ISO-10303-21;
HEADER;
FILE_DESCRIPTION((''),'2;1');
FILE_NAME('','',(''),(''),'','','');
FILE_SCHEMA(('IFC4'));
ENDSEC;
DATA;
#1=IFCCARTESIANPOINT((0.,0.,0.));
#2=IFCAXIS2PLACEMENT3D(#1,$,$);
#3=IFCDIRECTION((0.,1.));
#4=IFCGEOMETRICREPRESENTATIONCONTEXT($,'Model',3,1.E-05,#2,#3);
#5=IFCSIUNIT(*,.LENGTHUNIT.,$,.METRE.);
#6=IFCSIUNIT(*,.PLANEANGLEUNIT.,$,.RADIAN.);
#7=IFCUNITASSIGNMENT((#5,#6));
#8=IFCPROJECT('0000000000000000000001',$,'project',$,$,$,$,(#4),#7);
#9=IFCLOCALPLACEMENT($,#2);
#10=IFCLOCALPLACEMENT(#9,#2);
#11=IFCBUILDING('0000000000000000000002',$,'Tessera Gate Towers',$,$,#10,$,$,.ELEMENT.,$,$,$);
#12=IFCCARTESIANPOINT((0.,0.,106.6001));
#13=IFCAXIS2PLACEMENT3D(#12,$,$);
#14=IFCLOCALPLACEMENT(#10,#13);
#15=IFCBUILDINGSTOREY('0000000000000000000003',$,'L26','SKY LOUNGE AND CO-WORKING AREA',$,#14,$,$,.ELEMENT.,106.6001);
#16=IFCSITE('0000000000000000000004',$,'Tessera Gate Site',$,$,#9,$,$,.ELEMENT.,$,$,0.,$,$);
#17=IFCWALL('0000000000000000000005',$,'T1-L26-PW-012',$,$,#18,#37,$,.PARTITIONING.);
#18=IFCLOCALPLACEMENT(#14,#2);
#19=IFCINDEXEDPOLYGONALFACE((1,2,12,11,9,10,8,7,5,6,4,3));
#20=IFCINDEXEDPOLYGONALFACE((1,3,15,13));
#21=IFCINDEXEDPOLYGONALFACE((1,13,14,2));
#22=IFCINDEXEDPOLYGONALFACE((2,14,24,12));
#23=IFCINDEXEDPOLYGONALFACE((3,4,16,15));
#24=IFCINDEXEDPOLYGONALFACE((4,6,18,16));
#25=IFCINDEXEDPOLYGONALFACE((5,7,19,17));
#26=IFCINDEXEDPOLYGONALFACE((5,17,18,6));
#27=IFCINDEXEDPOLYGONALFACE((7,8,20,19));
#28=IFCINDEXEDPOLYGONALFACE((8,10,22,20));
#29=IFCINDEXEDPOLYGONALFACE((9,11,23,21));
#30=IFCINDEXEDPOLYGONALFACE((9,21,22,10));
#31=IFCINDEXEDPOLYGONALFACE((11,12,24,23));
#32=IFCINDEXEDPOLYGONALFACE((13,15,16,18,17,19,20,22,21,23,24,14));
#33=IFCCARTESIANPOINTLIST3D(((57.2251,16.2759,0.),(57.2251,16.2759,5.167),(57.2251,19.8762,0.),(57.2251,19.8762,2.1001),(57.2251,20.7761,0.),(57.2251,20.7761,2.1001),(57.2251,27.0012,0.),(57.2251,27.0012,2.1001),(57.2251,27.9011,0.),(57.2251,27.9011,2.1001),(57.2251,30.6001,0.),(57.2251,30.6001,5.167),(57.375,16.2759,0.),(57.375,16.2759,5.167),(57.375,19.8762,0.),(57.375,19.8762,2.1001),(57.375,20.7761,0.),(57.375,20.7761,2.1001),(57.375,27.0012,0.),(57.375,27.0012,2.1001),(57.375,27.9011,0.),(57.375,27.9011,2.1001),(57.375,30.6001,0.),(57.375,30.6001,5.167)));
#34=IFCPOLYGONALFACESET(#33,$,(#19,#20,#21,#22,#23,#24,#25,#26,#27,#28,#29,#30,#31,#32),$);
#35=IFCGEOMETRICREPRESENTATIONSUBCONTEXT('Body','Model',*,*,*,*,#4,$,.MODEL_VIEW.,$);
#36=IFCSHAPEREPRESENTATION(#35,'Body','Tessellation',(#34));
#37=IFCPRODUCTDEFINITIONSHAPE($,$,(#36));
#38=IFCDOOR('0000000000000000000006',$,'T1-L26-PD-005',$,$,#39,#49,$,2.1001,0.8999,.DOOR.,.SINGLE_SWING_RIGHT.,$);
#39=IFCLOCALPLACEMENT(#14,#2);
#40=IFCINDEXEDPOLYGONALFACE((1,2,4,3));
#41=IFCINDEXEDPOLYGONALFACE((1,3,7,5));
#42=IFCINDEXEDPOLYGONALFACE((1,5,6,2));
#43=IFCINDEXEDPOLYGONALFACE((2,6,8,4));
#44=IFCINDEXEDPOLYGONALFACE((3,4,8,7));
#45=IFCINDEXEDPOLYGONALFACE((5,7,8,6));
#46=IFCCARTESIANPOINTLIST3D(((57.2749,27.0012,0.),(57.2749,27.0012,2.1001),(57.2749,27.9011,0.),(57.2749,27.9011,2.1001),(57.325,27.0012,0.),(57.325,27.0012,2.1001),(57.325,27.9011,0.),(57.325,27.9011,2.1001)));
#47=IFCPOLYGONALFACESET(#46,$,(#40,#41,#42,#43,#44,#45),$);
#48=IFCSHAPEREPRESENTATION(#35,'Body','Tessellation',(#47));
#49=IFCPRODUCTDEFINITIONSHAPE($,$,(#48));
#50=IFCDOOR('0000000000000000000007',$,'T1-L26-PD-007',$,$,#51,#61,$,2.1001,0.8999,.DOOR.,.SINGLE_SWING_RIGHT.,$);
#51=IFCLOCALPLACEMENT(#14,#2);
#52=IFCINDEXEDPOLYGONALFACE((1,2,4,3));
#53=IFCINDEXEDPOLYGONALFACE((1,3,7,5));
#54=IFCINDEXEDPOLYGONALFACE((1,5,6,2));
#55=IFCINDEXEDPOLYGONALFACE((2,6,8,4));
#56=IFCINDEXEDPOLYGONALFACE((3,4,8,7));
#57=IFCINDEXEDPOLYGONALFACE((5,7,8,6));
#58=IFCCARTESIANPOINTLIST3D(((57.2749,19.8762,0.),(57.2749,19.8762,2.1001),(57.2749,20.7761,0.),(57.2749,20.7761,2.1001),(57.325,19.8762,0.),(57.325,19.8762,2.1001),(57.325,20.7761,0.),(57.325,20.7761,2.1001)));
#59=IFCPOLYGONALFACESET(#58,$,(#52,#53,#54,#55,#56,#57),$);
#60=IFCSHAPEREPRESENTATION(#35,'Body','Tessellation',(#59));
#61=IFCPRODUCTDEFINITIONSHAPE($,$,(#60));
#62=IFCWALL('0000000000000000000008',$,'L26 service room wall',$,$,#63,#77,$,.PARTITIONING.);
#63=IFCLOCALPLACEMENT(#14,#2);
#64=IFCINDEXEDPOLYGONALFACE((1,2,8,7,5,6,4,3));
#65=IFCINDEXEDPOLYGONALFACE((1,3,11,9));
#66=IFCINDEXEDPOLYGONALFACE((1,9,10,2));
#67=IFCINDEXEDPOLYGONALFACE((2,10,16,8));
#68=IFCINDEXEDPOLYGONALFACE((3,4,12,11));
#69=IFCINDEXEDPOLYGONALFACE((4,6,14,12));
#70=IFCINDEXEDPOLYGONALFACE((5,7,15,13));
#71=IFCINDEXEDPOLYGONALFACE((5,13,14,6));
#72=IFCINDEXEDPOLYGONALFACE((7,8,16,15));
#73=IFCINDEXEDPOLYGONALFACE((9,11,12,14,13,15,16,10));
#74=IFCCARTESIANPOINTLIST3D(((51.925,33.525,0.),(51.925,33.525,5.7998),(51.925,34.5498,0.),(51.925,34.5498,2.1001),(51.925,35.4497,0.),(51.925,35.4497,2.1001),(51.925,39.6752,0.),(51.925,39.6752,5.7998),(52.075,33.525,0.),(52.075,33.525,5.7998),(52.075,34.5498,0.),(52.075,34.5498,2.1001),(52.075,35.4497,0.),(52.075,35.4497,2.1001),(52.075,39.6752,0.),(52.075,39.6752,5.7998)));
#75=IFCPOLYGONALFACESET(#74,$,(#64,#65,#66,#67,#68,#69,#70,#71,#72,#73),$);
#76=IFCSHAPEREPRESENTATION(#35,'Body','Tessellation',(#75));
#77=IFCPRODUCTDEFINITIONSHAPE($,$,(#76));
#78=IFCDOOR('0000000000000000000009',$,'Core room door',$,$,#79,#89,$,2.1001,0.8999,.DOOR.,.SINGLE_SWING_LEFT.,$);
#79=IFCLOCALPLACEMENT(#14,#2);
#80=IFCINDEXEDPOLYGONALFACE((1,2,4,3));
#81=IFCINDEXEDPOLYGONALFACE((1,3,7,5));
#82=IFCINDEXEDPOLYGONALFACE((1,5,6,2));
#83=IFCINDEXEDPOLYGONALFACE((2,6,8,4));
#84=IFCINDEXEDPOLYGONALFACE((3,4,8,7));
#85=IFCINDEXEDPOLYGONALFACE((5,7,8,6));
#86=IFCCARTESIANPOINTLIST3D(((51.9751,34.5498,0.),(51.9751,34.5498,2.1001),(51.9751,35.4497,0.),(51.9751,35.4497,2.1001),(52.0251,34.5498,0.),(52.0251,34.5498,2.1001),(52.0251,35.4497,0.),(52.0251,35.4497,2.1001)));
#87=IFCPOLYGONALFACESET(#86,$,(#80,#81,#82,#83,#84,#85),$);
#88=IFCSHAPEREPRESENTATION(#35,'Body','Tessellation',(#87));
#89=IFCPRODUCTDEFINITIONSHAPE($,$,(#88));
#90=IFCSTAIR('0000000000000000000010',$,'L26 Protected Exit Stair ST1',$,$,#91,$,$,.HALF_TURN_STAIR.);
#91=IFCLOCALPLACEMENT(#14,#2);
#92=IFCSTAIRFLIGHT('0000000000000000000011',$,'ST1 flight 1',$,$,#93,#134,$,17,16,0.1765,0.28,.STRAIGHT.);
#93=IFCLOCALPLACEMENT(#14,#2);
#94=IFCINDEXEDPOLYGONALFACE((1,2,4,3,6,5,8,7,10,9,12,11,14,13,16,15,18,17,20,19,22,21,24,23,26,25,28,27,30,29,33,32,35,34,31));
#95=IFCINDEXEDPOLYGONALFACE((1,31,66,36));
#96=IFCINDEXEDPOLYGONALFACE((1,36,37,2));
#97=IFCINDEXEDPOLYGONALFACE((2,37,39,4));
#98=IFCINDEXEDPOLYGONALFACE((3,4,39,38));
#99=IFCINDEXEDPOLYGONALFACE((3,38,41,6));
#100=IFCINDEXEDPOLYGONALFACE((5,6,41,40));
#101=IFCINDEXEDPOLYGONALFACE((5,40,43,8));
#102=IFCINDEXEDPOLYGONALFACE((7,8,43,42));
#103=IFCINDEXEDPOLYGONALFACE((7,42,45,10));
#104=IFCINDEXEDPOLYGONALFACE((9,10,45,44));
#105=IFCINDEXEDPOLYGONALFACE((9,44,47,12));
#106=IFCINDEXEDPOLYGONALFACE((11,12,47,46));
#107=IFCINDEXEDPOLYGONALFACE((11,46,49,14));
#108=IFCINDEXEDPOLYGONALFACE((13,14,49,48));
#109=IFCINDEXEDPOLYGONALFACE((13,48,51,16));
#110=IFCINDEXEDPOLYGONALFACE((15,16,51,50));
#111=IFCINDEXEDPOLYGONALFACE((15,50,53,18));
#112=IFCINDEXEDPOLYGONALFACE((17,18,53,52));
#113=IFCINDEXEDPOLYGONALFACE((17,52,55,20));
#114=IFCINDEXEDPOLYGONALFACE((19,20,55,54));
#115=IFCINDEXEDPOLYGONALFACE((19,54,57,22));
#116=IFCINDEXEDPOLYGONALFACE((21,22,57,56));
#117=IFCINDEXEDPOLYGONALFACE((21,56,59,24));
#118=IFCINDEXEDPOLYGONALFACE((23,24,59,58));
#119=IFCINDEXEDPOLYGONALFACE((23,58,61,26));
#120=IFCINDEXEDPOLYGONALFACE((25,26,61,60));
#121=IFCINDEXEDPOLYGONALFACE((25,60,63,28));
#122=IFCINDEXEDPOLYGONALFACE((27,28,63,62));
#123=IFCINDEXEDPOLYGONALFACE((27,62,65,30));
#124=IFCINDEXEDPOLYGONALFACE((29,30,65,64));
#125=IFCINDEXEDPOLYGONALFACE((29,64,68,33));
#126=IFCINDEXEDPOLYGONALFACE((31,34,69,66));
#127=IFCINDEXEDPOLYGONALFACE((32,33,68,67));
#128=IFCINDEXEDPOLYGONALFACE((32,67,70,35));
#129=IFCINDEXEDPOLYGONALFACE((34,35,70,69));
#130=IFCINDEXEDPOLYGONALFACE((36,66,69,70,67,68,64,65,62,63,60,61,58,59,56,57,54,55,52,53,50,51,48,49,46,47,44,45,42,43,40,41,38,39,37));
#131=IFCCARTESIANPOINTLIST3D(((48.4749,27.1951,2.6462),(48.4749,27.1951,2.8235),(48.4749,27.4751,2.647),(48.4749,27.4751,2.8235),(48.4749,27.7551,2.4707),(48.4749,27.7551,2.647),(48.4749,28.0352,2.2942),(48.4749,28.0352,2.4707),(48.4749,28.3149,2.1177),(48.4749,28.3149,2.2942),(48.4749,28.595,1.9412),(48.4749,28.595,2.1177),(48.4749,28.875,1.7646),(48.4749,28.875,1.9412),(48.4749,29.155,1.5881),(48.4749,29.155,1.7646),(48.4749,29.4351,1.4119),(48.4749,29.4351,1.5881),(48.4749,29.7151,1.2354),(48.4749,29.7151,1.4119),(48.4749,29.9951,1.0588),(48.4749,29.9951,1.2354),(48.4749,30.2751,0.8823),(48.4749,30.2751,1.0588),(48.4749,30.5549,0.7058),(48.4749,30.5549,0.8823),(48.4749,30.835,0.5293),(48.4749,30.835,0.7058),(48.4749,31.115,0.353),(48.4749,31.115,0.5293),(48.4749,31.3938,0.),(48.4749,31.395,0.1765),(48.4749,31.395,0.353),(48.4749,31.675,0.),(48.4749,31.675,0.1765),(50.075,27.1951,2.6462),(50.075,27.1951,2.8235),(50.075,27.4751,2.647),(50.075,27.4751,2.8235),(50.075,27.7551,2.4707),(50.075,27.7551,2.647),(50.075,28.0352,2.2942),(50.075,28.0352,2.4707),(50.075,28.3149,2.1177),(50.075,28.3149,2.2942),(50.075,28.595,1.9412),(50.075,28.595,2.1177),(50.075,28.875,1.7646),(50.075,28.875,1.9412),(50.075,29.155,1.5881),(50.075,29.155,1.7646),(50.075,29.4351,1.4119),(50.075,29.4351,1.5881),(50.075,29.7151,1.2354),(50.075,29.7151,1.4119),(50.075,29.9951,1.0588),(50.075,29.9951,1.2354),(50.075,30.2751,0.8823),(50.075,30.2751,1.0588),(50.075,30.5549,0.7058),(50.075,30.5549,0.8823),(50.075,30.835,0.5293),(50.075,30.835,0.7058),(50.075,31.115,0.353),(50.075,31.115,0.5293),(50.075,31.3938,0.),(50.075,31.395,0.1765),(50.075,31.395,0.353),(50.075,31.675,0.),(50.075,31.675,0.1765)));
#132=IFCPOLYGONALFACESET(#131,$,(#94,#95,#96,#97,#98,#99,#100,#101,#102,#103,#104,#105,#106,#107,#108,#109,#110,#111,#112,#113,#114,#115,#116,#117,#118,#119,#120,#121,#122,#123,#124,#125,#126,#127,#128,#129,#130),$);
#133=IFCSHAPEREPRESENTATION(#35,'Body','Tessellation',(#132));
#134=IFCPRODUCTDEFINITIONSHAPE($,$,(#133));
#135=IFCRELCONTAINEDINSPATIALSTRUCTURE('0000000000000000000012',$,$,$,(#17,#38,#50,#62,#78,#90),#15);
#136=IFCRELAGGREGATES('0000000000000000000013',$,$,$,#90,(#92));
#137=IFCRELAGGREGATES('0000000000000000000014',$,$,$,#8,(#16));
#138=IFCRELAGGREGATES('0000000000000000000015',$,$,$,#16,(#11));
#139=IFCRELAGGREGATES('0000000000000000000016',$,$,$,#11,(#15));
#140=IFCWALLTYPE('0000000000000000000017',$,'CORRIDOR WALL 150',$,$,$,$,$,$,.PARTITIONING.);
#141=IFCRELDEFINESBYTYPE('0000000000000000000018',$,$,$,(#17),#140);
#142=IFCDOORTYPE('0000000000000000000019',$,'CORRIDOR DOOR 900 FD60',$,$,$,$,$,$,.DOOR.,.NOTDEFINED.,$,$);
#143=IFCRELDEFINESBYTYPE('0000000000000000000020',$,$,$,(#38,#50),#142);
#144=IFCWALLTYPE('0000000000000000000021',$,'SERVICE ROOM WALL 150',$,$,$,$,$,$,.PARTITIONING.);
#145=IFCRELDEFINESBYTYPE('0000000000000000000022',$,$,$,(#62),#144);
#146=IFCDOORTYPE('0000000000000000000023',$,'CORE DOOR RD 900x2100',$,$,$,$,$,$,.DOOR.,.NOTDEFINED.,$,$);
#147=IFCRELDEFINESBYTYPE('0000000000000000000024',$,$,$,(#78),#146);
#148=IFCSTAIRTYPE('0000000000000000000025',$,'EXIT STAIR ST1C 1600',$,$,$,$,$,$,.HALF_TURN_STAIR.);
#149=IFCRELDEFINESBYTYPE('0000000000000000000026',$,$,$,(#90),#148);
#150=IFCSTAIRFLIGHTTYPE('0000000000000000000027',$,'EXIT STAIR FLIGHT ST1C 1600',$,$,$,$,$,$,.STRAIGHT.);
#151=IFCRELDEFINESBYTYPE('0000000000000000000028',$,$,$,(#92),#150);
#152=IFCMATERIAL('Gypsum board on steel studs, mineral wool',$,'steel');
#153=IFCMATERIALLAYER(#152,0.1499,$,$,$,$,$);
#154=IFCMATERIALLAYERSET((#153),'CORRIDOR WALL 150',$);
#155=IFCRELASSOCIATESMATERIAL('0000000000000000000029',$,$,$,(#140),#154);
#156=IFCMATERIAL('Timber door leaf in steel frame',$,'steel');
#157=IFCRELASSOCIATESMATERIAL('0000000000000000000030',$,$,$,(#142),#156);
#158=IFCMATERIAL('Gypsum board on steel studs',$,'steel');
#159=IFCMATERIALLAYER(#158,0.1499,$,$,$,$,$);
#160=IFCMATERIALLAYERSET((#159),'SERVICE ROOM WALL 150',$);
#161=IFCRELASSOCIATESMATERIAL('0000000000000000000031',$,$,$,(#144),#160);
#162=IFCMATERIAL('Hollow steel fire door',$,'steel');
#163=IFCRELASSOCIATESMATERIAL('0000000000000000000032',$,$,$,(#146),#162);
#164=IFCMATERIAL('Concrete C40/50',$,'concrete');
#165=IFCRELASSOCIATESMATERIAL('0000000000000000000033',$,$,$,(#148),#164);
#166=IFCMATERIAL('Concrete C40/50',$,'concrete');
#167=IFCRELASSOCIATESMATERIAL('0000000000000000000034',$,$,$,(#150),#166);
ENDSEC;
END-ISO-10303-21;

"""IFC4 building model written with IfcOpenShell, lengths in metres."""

from ifc_helpers import new_model, si_unit, direction, frame, frame_2d, origin, place, context, subcontext, project, spatial, polyline, rectangle, outline, extrude, source, transform, mapped, material, layer, layer_set, type_object, element, fill, aggregate, save


model = new_model("IFC4")

# Units and contexts
model_context = context("Model", 3, precision=1e-05, world=origin(), true_north=direction((0.0, 1.0)))
body_context = subcontext(model_context, "Body", "Model", "MODEL_VIEW")
ifc_project = project(units=[si_unit("LENGTHUNIT", "METRE"), si_unit("PLANEANGLEUNIT", "RADIAN")], contexts=[model_context])

# Site, building, storey
site_placement = place(None, origin())
site = spatial("IfcSite", under=ifc_project, at=site_placement, Name="Tessera Gate Site", CompositionType="ELEMENT", RefElevation=0.0)
building_placement = place(site_placement, origin())
building = spatial("IfcBuilding", under=site, at=building_placement, Name="Tessera Gate Towers", CompositionType="ELEMENT")
storey_placement = place(building_placement, frame((0.0, 0.0, 106.6001)))
storey = spatial("IfcBuildingStorey", under=building, at=storey_placement, Name="L26", Description="SKY LOUNGE AND CO-WORKING AREA", CompositionType="ELEMENT", Elevation=106.6001)

# Wall, openings, doors
ifc_material_1 = material(Name="Gypsum board on steel studs, mineral wool", Category="steel")
ifc_layer_1 = layer(ifc_material_1, 0.1499)
ifc_layer_set_1 = layer_set([ifc_layer_1], Name="CORRIDOR WALL 150")
wall_type_1 = type_object("IfcWallType", Name="CORRIDOR WALL 150", PredefinedType="PARTITIONING", material=ifc_layer_set_1)
wall_1_placement = place(storey_placement, frame((57.3, 30.6001, 0.0), z_axis=(0.0, 0.0, 1.0), x_axis=(0.0, -1.0, 0.0)))
wall_1 = element("IfcWall", 1, at=wall_1_placement, inside=storey, type_object=wall_type_1, Name="T1-L26-PW-012", PredefinedType="PARTITIONING", context=body_context, shape_type="SweptSolid", body=[
    extrude(rectangle(XDim=14.3242, YDim=0.1499, at=frame_2d((7.1621, 0.0))), origin(), (0.0, 0.0, 1.0), 5.167),
])
shared_shape_1 = source(origin(), body_context, "Body", "SweptSolid", [
    extrude(rectangle(XDim=0.8999, YDim=2.1001, at=frame_2d((0.45, 1.05))), frame((0.0, 0.085, 0.0), z_axis=(0.0, -1.0, 0.0), x_axis=(1.0, 0.0, 0.0)), (0.0, 0.0, 1.0), 0.1699),
])
opening_1_placement = place(wall_1_placement, frame((2.699, 0.0, 0.0)))
opening_1 = element("IfcOpeningElement", 2, at=opening_1_placement, cuts=wall_1, PredefinedType="OPENING", context=body_context, shape_type="MappedRepresentation", body=[
    mapped(shared_shape_1, transform((0.0, 0.0, 0.0), scale=1.0)),
])
opening_2_placement = place(wall_1_placement, frame((9.824, 0.0, 0.0)))
opening_2 = element("IfcOpeningElement", 3, at=opening_2_placement, cuts=wall_1, PredefinedType="OPENING", context=body_context, shape_type="MappedRepresentation", body=[
    mapped(shared_shape_1, transform((0.0, 0.0, 0.0), scale=1.0)),
])
ifc_material_2 = material(Name="Timber door leaf in steel frame", Category="steel")
door_type_1 = type_object("IfcDoorType", Name="CORRIDOR DOOR 900 FD60", OperationType="NOTDEFINED", PredefinedType="DOOR", material=ifc_material_2)
shared_shape_2 = source(origin(), body_context, "Body", "SweptSolid", [
    extrude(rectangle(XDim=0.8999, YDim=2.1001, at=frame_2d((0.45, 1.05))), frame((0.0, 0.0249, 0.0), z_axis=(0.0, -1.0, 0.0), x_axis=(1.0, 0.0, 0.0)), (0.0, 0.0, 1.0), 0.05),
])
door_1_placement = place(opening_1_placement, origin())
door_1 = element("IfcDoor", 4, at=door_1_placement, inside=storey, type_object=door_type_1, Name="T1-L26-PD-005", OperationType="SINGLE_SWING_RIGHT", OverallHeight=2.1001, OverallWidth=0.8999, PredefinedType="DOOR", context=body_context, shape_type="MappedRepresentation", body=[
    mapped(shared_shape_2, transform((0.0, 0.0, 0.0), scale=1.0)),
])
fill(opening_1, door_1)
door_2_placement = place(opening_2_placement, origin())
door_2 = element("IfcDoor", 5, at=door_2_placement, inside=storey, type_object=door_type_1, Name="T1-L26-PD-007", OperationType="SINGLE_SWING_RIGHT", OverallHeight=2.1001, OverallWidth=0.8999, PredefinedType="DOOR", context=body_context, shape_type="MappedRepresentation", body=[
    mapped(shared_shape_2, transform((0.0, 0.0, 0.0), scale=1.0)),
])
fill(opening_2, door_2)

# Wall, opening, door
ifc_material_3 = material(Name="Gypsum board on steel studs", Category="steel")
ifc_layer_2 = layer(ifc_material_3, 0.1499)
ifc_layer_set_2 = layer_set([ifc_layer_2], Name="SERVICE ROOM WALL 150")
wall_type_2 = type_object("IfcWallType", Name="SERVICE ROOM WALL 150", PredefinedType="PARTITIONING", material=ifc_layer_set_2)
wall_2_placement = place(storey_placement, frame((52.0, 33.5249, 0.0), z_axis=(0.0, 0.0, 1.0), x_axis=(0.0, 1.0, 0.0)))
wall_2 = element("IfcWall", 6, at=wall_2_placement, inside=storey, type_object=wall_type_2, Name="L26 service room wall", PredefinedType="PARTITIONING", context=body_context, shape_type="SweptSolid", body=[
    extrude(rectangle(XDim=6.1501, YDim=0.1499, at=frame_2d((3.0752, 0.0))), origin(), (0.0, 0.0, 1.0), 5.7998),
])
opening_3_placement = place(wall_2_placement, frame((1.0249, 0.0, 0.0)))
opening_3 = element("IfcOpeningElement", 7, at=opening_3_placement, cuts=wall_2, PredefinedType="OPENING", context=body_context, shape_type="MappedRepresentation", body=[
    mapped(shared_shape_1, transform((0.0, 0.0, 0.0), scale=1.0)),
])
ifc_material_4 = material(Name="Hollow steel fire door", Category="steel")
door_type_2 = type_object("IfcDoorType", Name="CORE DOOR RD 900x2100", OperationType="NOTDEFINED", PredefinedType="DOOR", material=ifc_material_4)
door_3_placement = place(opening_3_placement, origin())
door_3 = element("IfcDoor", 8, at=door_3_placement, inside=storey, type_object=door_type_2, Name="Core room door", OperationType="SINGLE_SWING_LEFT", OverallHeight=2.1001, OverallWidth=0.8999, PredefinedType="DOOR", context=body_context, shape_type="MappedRepresentation", body=[
    mapped(shared_shape_2, transform((0.0, 0.0, 0.0), scale=1.0)),
])
fill(opening_3, door_3)

# Stair, stair flight
ifc_material_5 = material(Name="Concrete C40/50", Category="concrete")
stair_type_1 = type_object("IfcStairType", Name="EXIT STAIR ST1C 1600", PredefinedType="HALF_TURN_STAIR", material=ifc_material_5)
stair_1_placement = place(storey_placement, origin())
stair_1 = element("IfcStair", 9, at=stair_1_placement, inside=storey, type_object=stair_type_1, Name="L26 Protected Exit Stair ST1", PredefinedType="HALF_TURN_STAIR")
ifc_material_6 = material(Name="Concrete C40/50", Category="concrete")
stair_flight_type_1 = type_object("IfcStairFlightType", Name="EXIT STAIR FLIGHT ST1C 1600", PredefinedType="STRAIGHT", material=ifc_material_6)
stair_flight_1_placement = place(storey_placement, frame((49.2749, 31.675, 0.0), z_axis=(0.0, 0.0, 1.0), x_axis=(0.0, -1.0, 0.0)))
stair_flight_1 = element("IfcStairFlight", 10, at=stair_flight_1_placement, type_object=stair_flight_type_1, Name="ST1 flight 1", NumberOfRisers=17, NumberOfTreads=16, PredefinedType="STRAIGHT", RiserHeight=0.1765, TreadLength=0.28, context=body_context, shape_type="SweptSolid", body=[
    extrude(outline(polyline([(0.0, 0.0), (0.0, 0.1765), (0.28, 0.1765), (0.28, 0.353), (0.5601, 0.353), (0.5601, 0.5293), (0.8401, 0.5293), (0.8401, 0.7058), (1.1201, 0.7058), (1.1201, 0.8823), (1.3999, 0.8823), (1.3999, 1.0588), (1.6799, 1.0588), (1.6799, 1.2354), (1.96, 1.2354), (1.96, 1.4119), (2.24, 1.4119), (2.24, 1.5881), (2.52, 1.5881), (2.52, 1.7646), (2.8, 1.7646), (2.8, 1.9412), (3.0801, 1.9412), (3.0801, 2.1177), (3.3601, 2.1177), (3.3601, 2.2942), (3.6399, 2.2942), (3.6399, 2.4707), (3.9199, 2.4707), (3.9199, 2.647), (4.2, 2.647), (4.2, 2.8235), (4.48, 2.8235), (4.48, 3.0), (4.48, 2.6462), (0.2812, 0.0), (0.0, 0.0)])), frame((0.0, 0.8, 0.0), z_axis=(0.0, -1.0, 0.0), x_axis=(1.0, 0.0, 0.0)), (0.0, 0.0, 1.0), 1.6001),
])
aggregate(stair_1, [stair_flight_1])

save(model, "model.ifc")
